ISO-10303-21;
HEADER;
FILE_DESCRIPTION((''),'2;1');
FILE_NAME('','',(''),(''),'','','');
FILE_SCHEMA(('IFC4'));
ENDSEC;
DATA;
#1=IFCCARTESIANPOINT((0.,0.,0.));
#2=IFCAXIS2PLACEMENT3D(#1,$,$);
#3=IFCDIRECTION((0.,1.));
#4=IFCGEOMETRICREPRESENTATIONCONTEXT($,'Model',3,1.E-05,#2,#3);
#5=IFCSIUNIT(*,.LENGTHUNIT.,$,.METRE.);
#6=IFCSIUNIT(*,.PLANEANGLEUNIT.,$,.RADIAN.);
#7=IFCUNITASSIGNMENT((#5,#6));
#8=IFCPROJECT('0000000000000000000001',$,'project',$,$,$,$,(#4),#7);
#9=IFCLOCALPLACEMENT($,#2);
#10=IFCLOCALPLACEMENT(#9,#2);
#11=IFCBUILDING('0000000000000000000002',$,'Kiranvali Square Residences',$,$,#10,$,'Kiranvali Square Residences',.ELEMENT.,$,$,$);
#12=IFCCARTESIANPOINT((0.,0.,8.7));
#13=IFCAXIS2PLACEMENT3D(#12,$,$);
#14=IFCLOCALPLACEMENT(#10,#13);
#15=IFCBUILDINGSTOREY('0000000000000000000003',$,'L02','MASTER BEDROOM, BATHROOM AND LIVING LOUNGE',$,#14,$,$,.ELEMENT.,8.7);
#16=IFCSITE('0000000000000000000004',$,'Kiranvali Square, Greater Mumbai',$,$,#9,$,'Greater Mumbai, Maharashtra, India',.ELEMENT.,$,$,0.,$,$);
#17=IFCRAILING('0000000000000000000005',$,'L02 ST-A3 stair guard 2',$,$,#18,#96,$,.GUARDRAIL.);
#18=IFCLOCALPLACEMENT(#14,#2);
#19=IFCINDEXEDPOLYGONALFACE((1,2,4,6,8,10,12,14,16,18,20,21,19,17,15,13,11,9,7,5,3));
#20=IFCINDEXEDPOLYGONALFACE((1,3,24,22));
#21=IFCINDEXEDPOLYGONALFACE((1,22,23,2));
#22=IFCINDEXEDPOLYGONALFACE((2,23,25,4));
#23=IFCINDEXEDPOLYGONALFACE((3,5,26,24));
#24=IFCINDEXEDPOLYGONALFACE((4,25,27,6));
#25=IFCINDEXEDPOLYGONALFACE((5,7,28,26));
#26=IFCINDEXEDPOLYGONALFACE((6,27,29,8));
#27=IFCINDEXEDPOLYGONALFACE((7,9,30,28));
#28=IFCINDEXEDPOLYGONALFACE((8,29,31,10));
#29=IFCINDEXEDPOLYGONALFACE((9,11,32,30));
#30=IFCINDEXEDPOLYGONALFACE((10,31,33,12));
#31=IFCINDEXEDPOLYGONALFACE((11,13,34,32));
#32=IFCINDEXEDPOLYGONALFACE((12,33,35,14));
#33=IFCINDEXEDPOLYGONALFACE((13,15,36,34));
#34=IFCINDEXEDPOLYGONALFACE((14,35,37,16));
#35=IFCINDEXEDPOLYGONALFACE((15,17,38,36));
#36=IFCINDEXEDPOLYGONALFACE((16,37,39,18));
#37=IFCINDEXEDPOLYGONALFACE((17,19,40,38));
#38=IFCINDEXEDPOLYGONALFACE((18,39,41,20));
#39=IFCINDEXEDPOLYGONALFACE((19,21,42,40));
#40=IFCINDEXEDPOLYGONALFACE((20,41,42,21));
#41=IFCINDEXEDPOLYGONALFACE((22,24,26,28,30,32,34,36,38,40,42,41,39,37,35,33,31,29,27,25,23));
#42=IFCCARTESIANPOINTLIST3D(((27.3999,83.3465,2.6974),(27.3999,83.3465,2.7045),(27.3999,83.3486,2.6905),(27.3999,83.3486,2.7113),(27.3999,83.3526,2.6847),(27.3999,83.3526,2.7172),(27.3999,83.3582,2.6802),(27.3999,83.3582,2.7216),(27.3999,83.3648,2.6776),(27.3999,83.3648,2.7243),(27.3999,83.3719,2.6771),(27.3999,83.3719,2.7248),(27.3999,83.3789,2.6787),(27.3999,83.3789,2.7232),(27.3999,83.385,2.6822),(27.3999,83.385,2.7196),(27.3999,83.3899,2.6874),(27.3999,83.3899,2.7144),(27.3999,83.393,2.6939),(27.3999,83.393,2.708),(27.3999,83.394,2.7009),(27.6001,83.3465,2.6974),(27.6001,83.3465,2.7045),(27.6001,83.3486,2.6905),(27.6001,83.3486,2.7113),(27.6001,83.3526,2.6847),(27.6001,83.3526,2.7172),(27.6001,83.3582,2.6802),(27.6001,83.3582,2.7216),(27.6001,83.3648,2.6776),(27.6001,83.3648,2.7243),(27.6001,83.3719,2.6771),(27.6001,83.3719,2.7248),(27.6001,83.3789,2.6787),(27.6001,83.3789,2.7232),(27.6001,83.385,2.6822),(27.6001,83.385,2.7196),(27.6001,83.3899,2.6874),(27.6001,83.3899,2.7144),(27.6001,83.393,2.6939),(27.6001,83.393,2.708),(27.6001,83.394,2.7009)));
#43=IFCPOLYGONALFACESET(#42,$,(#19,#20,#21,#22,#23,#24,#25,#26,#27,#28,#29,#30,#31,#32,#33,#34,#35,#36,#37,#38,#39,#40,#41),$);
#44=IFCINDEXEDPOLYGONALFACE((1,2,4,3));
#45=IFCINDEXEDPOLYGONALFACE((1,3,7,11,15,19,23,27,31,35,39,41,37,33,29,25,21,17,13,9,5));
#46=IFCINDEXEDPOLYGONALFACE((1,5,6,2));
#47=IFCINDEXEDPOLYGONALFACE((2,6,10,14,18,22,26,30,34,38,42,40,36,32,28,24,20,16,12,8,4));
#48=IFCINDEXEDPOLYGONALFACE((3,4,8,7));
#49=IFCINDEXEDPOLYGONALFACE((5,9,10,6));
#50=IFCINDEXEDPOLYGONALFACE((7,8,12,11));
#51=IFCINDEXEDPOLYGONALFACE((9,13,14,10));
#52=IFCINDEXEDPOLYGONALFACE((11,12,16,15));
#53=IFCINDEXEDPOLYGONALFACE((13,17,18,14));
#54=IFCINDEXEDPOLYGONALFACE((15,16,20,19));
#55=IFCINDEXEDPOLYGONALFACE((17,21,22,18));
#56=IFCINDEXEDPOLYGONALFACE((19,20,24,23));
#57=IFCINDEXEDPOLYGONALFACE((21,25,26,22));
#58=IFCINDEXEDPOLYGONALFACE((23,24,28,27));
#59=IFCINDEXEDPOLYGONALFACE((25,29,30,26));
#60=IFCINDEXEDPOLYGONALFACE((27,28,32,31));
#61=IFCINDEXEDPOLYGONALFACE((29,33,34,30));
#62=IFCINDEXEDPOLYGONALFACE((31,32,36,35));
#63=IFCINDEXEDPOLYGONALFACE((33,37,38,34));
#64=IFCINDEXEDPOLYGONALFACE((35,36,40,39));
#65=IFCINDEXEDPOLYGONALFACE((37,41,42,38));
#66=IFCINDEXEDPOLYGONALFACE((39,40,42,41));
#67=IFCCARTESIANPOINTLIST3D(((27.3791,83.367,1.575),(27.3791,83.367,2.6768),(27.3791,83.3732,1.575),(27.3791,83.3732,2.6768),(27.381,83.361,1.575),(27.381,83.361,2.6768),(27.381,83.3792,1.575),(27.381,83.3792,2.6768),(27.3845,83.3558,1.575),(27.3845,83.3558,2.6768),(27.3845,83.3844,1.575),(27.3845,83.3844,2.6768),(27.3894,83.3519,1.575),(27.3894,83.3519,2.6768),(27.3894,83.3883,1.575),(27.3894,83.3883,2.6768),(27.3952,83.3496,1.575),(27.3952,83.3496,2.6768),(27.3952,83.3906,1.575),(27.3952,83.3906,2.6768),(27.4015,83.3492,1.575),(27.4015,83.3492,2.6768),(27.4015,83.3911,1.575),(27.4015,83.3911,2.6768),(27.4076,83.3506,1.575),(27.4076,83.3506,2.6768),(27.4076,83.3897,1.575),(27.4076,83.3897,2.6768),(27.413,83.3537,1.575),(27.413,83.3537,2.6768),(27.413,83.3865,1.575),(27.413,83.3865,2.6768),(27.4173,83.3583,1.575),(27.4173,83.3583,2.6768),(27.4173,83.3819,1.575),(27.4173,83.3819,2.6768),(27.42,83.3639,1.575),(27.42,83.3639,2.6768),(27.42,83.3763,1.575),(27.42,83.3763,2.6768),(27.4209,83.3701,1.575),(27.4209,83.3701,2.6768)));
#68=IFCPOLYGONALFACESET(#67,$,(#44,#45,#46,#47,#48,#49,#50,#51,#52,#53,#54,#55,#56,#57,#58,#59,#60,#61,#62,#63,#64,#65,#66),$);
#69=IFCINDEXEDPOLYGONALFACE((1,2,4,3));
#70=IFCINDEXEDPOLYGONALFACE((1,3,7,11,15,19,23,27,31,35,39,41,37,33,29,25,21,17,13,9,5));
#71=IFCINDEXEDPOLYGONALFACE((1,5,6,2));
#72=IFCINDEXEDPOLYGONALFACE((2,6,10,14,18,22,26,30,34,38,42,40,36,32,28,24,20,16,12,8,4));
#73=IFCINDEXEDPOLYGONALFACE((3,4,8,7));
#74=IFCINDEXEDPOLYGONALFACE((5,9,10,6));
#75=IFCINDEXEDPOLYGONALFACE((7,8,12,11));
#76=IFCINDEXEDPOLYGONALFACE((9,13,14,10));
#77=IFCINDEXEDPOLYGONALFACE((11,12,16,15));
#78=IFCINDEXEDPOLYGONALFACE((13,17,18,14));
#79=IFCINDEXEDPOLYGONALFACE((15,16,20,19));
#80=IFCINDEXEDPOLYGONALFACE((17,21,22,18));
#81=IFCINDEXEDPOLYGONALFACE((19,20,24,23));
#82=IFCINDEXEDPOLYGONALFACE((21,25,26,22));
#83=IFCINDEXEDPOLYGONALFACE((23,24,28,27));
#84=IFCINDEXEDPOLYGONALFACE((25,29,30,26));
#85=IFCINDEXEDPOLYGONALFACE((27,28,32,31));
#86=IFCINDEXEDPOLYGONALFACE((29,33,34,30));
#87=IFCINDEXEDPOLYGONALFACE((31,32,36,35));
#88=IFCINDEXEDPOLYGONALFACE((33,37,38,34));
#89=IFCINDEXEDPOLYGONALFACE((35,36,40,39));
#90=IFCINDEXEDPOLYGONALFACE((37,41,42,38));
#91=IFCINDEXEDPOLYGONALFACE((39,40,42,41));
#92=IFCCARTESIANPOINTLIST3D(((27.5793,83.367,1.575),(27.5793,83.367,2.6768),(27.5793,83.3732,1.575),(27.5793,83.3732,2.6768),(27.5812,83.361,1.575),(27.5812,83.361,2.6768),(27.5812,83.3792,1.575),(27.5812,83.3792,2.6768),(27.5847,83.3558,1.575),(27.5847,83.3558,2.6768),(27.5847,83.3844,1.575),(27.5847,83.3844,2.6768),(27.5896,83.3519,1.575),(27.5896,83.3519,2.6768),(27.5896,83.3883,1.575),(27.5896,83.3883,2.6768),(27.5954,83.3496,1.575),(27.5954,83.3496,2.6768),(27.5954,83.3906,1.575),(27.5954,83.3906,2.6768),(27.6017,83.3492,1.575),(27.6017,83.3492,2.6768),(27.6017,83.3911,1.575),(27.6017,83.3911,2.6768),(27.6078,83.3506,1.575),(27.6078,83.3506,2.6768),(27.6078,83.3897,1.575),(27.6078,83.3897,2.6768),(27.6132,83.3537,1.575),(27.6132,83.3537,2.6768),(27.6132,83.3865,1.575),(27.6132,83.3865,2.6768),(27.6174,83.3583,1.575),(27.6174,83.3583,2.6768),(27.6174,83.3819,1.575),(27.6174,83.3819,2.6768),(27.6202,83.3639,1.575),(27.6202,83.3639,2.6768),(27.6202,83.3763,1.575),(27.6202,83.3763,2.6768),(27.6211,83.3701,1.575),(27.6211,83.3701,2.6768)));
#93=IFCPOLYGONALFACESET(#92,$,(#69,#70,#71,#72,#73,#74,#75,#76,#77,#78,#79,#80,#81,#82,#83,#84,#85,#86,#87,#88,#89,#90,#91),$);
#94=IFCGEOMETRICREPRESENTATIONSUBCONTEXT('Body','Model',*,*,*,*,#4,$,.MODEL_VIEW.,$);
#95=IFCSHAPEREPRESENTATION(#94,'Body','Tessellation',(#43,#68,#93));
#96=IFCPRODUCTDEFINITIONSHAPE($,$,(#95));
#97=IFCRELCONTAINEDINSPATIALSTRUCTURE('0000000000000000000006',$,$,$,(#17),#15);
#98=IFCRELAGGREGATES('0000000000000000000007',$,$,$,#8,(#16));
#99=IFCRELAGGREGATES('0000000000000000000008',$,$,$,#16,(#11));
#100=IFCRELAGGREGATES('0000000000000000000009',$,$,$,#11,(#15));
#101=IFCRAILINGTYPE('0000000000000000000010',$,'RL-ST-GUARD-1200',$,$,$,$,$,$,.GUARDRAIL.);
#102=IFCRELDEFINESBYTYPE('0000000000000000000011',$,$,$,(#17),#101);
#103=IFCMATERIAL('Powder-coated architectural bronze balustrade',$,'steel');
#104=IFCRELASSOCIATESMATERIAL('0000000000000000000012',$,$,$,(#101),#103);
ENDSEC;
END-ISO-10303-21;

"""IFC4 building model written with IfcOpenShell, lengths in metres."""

from ifc_helpers import new_model, si_unit, direction, frame, origin, origin_2d, place, context, subcontext, project, spatial, circle, extrude, material, type_object, element, save


model = new_model("IFC4")

# Units and contexts
model_context = context("Model", 3, precision=1e-05, world=origin(), true_north=direction((0.0, 1.0)))
body_context = subcontext(model_context, "Body", "Model", "MODEL_VIEW")
ifc_project = project(units=[si_unit("LENGTHUNIT", "METRE"), si_unit("PLANEANGLEUNIT", "RADIAN")], contexts=[model_context])

# Site, building, storey
site_placement = place(None, origin())
site = spatial("IfcSite", under=ifc_project, at=site_placement, Name="Kiranvali Square, Greater Mumbai", LongName="Greater Mumbai, Maharashtra, India", CompositionType="ELEMENT", RefElevation=0.0)
building_placement = place(site_placement, origin())
building = spatial("IfcBuilding", under=site, at=building_placement, Name="Kiranvali Square Residences", LongName="Kiranvali Square Residences", CompositionType="ELEMENT")
storey_placement = place(building_placement, frame((0.0, 0.0, 8.7)))
storey = spatial("IfcBuildingStorey", under=building, at=storey_placement, Name="L02", Description="MASTER BEDROOM, BATHROOM AND LIVING LOUNGE", CompositionType="ELEMENT", Elevation=8.7)

# Railing
ifc_material_1 = material(Name="Powder-coated architectural bronze balustrade", Category="steel")
railing_type_1 = type_object("IfcRailingType", Name="RL-ST-GUARD-1200", PredefinedType="GUARDRAIL", material=ifc_material_1)
railing_1_placement = place(storey_placement, frame((27.3999, 83.3701, 1.575)))
element("IfcRailing", 1, at=railing_1_placement, inside=storey, type_object=railing_type_1, Name="L02 ST-A3 stair guard 2", PredefinedType="GUARDRAIL", context=body_context, shape_type="SweptSolid", body=[
    extrude(circle(Radius=0.0239, at=origin_2d()), frame((0.0, 0.0, 1.126), z_axis=(1.0, 0.0, 0.0), x_axis=(0.0, 1.0, 0.0)), (0.0, 0.0, 1.0), 0.2002),
    extrude(circle(Radius=0.021, at=origin_2d()), origin(), (0.0, 0.0, 1.0), 1.1018),
    extrude(circle(Radius=0.021, at=origin_2d()), frame((0.2002, 0.0, 0.0)), (0.0, 0.0, 1.0), 1.1018),
])

save(model, "model.ifc")
